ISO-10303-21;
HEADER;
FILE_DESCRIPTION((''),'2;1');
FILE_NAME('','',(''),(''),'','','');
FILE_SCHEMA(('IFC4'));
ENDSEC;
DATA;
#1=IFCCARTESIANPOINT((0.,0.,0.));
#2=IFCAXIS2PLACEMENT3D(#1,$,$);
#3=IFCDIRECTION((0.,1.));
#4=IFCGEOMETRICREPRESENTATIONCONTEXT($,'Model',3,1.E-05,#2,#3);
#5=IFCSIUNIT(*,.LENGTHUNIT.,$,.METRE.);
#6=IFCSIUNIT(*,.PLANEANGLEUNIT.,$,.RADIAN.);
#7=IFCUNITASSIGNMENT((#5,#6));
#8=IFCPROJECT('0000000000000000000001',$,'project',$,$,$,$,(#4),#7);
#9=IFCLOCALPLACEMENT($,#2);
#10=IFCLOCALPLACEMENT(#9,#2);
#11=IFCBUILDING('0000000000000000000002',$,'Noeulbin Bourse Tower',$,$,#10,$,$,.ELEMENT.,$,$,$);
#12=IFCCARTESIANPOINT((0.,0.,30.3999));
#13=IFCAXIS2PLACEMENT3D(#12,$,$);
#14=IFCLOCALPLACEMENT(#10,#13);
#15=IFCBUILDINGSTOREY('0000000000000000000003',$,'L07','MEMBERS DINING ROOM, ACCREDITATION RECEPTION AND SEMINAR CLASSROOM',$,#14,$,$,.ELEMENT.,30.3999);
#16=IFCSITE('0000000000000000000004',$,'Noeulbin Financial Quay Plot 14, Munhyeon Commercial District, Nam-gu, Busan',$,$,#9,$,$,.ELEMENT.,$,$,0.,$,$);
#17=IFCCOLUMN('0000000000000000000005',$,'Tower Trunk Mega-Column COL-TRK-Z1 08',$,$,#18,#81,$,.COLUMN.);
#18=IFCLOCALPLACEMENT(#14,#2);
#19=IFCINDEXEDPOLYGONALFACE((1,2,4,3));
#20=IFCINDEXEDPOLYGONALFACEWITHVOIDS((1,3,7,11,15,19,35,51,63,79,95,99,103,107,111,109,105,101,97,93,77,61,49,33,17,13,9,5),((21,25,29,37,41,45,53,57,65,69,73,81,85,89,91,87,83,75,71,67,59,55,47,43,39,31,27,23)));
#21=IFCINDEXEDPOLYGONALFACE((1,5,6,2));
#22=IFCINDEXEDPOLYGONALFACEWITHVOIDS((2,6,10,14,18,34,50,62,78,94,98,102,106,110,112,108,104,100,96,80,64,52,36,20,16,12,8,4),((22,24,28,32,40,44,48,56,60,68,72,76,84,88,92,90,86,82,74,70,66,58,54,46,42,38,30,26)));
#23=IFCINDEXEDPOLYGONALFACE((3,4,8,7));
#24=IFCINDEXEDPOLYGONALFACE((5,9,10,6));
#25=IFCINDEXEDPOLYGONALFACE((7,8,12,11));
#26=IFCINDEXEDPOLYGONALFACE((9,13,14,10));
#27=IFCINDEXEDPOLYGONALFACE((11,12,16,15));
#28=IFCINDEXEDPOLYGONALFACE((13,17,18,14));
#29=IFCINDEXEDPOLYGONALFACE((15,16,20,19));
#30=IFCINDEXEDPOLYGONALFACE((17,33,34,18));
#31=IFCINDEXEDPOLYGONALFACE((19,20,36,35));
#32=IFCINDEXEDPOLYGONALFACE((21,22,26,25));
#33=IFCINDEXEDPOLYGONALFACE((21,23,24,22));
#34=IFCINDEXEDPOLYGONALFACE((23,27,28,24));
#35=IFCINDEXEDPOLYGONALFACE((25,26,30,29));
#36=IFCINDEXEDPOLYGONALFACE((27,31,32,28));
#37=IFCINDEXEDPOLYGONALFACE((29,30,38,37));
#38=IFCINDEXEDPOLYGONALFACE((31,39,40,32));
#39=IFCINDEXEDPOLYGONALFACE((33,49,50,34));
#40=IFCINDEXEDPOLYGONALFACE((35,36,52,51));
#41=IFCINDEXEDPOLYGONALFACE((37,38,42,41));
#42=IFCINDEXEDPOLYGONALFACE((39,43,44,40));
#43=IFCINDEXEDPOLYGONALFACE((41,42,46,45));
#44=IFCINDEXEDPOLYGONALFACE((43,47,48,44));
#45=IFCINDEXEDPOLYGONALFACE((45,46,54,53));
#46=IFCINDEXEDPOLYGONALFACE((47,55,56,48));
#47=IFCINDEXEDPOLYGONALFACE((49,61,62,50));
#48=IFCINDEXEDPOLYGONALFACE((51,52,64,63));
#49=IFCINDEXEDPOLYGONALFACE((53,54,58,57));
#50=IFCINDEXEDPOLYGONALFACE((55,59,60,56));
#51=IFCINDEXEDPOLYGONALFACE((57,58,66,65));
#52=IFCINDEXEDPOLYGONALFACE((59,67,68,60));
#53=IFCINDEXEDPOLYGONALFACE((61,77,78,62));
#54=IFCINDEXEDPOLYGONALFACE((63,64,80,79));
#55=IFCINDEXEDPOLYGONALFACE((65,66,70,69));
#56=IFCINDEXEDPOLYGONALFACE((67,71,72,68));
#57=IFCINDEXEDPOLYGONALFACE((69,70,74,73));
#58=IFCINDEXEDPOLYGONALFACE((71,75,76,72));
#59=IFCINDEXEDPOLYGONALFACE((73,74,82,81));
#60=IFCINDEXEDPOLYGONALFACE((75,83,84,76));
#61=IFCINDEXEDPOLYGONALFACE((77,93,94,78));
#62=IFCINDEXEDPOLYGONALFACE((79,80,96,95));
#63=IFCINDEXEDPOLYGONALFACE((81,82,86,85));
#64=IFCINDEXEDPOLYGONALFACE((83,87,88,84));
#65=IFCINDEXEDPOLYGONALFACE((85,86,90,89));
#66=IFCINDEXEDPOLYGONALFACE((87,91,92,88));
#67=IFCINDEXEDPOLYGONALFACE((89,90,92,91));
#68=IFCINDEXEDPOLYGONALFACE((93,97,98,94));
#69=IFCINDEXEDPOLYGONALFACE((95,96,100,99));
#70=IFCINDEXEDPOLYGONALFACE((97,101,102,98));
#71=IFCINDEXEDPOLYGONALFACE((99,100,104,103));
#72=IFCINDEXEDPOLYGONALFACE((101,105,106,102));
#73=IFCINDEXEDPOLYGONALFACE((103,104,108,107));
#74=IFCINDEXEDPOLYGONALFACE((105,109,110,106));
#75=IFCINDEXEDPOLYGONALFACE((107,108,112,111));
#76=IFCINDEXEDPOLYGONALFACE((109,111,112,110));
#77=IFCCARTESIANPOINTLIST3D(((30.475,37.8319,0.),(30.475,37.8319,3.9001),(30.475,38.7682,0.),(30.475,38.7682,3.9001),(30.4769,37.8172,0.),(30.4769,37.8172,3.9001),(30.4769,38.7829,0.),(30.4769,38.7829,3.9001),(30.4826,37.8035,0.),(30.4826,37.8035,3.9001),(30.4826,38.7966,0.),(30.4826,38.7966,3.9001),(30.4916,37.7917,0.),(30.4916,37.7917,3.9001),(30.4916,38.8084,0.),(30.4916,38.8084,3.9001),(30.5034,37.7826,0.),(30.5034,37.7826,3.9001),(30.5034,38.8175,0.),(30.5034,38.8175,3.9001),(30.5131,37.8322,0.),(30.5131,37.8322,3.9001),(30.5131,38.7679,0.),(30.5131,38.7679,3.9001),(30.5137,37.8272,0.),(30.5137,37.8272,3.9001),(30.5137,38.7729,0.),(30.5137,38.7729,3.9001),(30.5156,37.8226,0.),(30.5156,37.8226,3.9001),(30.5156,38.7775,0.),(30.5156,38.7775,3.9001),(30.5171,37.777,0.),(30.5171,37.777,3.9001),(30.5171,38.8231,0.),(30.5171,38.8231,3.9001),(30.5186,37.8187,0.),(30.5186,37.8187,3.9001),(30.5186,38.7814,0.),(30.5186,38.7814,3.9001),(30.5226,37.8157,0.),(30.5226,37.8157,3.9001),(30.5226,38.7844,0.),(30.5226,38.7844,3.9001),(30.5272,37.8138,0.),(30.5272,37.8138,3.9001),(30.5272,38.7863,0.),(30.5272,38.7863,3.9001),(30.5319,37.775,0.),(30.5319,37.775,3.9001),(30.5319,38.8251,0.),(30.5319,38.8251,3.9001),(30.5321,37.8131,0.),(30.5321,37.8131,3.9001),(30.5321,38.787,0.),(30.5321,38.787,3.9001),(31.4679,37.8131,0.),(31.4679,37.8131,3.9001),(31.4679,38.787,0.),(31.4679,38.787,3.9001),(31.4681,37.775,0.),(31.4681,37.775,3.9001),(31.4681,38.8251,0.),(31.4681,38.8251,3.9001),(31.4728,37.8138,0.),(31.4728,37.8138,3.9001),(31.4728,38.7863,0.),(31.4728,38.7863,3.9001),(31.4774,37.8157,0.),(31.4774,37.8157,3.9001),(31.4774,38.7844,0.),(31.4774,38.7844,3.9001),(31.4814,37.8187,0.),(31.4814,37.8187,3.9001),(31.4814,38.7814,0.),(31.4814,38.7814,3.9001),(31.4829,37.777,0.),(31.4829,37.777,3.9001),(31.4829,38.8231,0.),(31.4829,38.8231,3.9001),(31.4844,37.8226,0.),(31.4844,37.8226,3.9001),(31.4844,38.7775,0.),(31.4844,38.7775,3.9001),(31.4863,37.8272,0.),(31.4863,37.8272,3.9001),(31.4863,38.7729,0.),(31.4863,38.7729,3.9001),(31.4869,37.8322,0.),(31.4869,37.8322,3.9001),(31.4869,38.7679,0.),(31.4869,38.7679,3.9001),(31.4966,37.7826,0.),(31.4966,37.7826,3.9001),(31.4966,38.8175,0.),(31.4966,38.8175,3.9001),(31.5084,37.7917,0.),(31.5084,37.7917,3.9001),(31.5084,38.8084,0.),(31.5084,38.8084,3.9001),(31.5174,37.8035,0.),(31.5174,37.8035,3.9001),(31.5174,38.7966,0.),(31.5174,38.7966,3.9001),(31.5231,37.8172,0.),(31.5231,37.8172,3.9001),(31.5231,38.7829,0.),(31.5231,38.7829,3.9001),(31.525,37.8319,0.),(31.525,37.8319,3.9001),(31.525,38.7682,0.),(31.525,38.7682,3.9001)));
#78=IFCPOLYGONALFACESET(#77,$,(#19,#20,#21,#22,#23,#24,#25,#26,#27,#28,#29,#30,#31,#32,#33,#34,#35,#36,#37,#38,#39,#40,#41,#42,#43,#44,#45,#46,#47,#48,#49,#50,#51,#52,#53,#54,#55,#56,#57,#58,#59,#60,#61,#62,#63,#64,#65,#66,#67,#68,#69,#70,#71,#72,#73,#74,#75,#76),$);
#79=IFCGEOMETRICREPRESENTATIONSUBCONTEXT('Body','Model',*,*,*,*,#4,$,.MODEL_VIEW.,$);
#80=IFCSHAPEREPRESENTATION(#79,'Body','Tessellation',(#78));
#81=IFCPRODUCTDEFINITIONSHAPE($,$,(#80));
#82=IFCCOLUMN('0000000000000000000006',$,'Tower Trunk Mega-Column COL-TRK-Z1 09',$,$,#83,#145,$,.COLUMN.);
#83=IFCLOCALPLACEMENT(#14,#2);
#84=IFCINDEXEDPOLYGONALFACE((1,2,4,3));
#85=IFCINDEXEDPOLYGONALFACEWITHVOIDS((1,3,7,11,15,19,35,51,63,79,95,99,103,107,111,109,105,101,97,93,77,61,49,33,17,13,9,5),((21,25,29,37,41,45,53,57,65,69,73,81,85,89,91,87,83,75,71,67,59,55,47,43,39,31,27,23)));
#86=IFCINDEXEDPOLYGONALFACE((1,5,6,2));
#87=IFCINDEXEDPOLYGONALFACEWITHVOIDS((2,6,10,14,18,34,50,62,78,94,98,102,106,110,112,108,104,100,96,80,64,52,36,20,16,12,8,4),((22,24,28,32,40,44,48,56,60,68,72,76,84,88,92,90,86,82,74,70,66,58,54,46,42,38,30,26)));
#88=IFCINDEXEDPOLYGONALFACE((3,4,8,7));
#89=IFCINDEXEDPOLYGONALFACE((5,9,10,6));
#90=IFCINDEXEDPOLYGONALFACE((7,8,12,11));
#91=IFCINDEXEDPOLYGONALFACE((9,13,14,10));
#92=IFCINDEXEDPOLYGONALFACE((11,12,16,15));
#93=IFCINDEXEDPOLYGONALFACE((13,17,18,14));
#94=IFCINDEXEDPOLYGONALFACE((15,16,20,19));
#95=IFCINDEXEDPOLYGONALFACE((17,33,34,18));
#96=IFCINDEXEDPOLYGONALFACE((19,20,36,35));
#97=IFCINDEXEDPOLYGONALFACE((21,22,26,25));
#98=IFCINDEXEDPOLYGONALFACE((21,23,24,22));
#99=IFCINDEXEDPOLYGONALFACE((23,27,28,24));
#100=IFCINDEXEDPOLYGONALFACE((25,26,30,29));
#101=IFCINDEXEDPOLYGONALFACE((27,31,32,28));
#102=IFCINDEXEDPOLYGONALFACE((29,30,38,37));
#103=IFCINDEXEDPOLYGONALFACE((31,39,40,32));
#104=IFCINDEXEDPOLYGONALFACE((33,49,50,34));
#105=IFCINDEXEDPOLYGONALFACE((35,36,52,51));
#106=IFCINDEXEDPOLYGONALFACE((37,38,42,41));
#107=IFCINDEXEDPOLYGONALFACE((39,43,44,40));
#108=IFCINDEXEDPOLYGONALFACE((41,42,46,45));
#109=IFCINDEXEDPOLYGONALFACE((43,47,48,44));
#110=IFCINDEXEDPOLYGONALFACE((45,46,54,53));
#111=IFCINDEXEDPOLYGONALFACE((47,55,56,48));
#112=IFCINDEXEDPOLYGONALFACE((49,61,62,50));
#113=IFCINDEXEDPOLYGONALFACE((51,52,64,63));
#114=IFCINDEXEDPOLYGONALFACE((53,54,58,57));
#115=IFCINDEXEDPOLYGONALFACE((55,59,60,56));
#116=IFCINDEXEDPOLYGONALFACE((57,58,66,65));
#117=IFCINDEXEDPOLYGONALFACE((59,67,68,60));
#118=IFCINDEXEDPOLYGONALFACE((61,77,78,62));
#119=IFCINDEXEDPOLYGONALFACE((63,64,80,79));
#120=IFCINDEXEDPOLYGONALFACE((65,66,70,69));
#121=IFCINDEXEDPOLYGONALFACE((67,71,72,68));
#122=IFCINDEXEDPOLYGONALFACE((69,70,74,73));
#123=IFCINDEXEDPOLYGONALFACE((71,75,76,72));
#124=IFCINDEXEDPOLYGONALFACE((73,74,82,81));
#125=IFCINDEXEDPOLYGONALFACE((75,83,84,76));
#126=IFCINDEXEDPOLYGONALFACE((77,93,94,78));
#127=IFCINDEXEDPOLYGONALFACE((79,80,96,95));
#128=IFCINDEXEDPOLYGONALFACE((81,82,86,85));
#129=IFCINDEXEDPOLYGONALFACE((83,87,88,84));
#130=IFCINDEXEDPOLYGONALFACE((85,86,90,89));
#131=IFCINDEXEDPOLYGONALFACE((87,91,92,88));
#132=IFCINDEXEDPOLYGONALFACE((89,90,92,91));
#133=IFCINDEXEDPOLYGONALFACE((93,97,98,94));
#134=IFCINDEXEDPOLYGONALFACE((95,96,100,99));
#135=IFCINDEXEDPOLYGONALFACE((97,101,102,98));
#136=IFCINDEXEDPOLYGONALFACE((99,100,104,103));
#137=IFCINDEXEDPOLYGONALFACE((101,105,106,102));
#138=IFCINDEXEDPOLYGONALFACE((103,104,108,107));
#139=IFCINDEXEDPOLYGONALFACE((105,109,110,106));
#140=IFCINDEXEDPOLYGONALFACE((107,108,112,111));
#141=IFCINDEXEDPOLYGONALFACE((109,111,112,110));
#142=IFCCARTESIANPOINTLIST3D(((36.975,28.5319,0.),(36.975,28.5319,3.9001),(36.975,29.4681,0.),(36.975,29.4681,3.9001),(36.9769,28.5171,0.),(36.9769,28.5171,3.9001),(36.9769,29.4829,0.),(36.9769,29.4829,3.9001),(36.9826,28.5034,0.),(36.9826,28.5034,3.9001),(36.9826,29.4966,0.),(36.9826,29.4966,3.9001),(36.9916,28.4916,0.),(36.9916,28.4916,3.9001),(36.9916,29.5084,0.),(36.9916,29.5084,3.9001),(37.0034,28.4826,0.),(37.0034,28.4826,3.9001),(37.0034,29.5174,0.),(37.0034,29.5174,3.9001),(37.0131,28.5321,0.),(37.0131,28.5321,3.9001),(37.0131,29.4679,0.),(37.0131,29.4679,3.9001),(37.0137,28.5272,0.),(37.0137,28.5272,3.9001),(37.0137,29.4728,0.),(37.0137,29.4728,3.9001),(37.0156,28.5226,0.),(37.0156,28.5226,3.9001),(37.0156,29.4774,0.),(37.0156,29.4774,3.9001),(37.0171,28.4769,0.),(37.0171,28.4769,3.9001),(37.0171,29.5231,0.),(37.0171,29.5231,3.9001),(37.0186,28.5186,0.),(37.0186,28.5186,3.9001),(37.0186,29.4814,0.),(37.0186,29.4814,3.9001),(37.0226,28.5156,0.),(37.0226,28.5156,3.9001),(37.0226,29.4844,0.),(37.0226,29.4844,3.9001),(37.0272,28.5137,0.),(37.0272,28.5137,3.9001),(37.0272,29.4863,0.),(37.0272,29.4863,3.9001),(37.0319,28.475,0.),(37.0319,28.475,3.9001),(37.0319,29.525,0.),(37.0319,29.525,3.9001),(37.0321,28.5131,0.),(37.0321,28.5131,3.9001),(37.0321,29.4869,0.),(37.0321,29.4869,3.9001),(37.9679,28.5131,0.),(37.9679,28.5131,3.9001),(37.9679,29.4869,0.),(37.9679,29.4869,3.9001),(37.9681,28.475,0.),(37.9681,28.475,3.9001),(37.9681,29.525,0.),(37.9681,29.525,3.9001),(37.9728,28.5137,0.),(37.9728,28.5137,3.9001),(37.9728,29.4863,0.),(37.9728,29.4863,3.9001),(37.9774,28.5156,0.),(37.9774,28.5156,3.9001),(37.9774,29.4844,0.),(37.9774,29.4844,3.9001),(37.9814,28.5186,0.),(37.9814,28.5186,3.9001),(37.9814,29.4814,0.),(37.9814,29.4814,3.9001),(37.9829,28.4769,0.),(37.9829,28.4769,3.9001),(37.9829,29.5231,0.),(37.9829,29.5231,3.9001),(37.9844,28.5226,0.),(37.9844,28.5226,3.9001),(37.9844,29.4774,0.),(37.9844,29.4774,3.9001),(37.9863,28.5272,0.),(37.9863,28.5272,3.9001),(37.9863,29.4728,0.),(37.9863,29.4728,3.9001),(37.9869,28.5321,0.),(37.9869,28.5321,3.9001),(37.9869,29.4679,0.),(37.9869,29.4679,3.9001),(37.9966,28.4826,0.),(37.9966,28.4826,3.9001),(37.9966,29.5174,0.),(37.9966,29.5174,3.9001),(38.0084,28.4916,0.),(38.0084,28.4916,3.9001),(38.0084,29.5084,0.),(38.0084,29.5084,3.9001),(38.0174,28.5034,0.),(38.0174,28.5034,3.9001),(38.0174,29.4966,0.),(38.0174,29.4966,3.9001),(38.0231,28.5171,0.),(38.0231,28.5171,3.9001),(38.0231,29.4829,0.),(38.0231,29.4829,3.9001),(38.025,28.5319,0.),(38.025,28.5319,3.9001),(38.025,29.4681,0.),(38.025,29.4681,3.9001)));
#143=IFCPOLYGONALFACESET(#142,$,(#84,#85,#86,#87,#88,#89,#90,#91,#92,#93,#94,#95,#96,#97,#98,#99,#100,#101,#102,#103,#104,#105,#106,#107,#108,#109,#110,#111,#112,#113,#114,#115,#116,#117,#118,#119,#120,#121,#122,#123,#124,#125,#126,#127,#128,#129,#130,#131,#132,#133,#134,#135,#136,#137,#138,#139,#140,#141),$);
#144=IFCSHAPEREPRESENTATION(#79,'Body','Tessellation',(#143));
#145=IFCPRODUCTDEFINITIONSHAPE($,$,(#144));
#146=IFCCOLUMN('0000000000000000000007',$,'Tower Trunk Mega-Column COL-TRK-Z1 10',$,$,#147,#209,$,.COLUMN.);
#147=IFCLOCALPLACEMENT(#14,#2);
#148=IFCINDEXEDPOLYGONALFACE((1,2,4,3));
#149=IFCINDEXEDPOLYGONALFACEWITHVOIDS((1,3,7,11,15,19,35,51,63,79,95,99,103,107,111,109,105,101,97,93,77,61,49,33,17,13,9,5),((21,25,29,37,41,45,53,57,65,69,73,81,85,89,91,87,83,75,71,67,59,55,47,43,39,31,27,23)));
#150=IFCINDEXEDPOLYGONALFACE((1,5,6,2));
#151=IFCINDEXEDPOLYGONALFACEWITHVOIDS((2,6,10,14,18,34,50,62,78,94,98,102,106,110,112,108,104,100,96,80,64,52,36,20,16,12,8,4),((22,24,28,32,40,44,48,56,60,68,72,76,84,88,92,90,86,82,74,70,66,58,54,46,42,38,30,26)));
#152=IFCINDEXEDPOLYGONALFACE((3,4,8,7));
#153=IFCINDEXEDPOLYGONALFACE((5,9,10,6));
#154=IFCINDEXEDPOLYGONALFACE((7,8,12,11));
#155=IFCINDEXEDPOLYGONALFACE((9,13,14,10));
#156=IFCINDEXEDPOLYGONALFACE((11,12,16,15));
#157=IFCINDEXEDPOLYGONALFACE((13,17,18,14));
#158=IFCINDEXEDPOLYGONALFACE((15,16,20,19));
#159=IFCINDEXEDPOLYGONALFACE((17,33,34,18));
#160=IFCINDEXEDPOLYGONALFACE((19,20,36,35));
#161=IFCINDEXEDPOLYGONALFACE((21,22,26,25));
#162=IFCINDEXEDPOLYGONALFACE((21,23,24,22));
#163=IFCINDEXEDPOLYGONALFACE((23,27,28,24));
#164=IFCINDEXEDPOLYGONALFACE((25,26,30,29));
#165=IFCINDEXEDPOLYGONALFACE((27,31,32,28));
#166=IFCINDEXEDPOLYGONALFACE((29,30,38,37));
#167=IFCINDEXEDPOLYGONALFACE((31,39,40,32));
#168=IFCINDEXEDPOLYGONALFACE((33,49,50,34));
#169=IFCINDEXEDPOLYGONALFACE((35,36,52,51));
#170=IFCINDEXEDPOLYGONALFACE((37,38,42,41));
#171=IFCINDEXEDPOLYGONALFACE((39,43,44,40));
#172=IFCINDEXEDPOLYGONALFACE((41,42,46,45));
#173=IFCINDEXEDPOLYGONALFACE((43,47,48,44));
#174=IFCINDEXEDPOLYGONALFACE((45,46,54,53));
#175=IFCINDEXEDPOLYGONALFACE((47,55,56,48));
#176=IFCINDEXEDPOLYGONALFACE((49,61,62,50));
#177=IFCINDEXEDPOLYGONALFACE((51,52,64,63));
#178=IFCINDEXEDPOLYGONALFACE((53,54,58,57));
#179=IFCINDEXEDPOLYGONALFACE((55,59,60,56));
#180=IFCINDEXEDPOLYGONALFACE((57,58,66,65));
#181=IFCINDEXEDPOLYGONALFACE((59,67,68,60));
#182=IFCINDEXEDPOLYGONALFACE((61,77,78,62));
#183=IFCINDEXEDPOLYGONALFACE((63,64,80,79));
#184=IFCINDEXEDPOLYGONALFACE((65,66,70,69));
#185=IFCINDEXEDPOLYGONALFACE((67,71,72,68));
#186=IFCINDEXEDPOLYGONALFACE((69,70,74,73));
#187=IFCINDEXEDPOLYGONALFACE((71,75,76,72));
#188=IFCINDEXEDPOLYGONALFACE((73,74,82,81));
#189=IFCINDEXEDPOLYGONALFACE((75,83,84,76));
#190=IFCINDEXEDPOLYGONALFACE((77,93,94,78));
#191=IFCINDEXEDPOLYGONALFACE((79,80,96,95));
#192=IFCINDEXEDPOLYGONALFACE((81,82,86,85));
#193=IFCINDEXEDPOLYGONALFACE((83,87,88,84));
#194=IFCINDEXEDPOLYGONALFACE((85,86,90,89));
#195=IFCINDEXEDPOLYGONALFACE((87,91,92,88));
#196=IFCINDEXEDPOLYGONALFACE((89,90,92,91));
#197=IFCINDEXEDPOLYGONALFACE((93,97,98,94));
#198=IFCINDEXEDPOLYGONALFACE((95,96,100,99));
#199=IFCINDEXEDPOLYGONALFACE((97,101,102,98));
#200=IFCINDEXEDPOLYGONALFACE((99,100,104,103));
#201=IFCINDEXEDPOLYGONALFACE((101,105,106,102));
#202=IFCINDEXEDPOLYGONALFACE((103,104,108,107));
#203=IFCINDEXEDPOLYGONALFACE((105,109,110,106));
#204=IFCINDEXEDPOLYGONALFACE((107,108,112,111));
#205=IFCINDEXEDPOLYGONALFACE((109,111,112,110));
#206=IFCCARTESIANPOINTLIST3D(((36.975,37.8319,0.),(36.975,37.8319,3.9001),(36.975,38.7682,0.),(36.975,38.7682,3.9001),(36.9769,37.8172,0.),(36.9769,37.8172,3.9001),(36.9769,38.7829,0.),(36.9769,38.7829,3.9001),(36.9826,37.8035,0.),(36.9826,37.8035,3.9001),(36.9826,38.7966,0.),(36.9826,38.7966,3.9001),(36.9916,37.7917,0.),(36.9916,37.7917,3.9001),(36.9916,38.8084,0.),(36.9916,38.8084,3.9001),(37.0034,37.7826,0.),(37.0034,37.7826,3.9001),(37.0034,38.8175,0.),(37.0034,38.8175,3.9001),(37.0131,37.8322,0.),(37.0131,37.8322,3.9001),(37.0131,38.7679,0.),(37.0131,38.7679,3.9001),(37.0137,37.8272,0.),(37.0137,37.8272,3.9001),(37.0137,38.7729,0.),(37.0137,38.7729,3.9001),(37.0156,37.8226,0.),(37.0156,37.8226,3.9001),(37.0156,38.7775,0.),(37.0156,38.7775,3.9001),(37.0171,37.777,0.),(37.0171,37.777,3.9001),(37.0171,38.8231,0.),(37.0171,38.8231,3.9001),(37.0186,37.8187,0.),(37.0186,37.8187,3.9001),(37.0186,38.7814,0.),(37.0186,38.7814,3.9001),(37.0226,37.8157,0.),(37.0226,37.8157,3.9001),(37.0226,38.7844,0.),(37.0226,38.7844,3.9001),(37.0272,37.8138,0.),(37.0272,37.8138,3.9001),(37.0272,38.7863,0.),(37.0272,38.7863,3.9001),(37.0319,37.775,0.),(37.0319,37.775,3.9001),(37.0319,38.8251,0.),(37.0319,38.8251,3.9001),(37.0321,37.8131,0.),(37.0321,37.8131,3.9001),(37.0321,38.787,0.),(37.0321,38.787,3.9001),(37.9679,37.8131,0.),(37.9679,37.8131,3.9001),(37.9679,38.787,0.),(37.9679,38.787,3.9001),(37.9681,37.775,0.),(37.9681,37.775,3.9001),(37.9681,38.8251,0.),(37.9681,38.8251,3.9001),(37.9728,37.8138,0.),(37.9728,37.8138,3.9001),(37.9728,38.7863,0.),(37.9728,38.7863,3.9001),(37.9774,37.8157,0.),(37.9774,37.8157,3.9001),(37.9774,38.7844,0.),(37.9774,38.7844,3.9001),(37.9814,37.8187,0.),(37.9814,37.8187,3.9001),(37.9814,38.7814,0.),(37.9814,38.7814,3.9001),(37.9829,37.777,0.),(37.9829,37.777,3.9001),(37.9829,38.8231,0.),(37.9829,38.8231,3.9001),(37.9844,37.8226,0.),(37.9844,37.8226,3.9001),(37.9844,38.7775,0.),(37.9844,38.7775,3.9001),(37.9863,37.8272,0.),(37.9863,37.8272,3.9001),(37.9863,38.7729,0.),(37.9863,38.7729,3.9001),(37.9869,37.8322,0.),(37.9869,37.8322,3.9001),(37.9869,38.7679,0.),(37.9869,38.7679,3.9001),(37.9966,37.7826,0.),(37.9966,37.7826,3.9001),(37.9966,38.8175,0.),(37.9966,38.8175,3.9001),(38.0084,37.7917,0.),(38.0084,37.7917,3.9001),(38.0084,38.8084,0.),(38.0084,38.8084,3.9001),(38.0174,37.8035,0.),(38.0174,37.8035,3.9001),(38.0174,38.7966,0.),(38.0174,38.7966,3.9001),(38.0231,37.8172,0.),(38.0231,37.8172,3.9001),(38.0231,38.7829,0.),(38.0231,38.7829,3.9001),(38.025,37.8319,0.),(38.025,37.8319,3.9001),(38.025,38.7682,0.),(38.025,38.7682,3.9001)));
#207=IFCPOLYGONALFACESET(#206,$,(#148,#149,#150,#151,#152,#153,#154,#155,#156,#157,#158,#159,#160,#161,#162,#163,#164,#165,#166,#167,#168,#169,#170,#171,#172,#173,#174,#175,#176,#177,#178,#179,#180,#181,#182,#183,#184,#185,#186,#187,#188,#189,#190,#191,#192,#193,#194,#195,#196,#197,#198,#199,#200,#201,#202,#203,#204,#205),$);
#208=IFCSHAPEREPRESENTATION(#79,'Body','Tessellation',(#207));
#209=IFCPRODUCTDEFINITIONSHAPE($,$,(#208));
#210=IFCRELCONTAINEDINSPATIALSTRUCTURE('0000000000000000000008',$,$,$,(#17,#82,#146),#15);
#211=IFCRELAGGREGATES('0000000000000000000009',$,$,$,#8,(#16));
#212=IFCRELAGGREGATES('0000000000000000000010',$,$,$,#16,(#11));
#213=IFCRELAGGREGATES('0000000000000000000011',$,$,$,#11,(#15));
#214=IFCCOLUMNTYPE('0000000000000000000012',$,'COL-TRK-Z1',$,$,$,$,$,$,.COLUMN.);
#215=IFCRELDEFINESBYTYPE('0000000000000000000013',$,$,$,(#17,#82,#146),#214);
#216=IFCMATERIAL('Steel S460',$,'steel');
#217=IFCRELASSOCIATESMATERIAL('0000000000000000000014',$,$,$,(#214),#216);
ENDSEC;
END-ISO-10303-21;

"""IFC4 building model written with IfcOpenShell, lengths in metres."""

from ifc_helpers import new_model, si_unit, direction, frame, origin, origin_2d, place, context, subcontext, project, spatial, hollow_rectangle, extrude, material, material_profile, profile_set, type_object, element, save


model = new_model("IFC4")

# Units and contexts
model_context = context("Model", 3, precision=1e-05, world=origin(), true_north=direction((0.0, 1.0)))
body_context = subcontext(model_context, "Body", "Model", "MODEL_VIEW")
ifc_project = project(units=[si_unit("LENGTHUNIT", "METRE"), si_unit("PLANEANGLEUNIT", "RADIAN")], contexts=[model_context])

# Site, building, storey
site_placement = place(None, origin())
site = spatial("IfcSite", under=ifc_project, at=site_placement, Name="Noeulbin Financial Quay Plot 14, Munhyeon Commercial District, Nam-gu, Busan", CompositionType="ELEMENT", RefElevation=0.0)
building_placement = place(site_placement, origin())
building = spatial("IfcBuilding", under=site, at=building_placement, Name="Noeulbin Bourse Tower", CompositionType="ELEMENT")
storey_placement = place(building_placement, frame((0.0, 0.0, 30.3999)))
storey = spatial("IfcBuildingStorey", under=building, at=storey_placement, Name="L07", Description="MEMBERS DINING ROOM, ACCREDITATION RECEPTION AND SEMINAR CLASSROOM", CompositionType="ELEMENT", Elevation=30.3999)

# Columns
ifc_material_1 = material(Name="Steel S460", Category="steel")
ifc_material_profile_1 = material_profile(ifc_material_1, hollow_rectangle(XDim=1.05, YDim=1.05, WallThickness=0.0381, InnerFilletRadius=0.019, OuterFilletRadius=0.0569, at=origin_2d()), Name="BOX-1050x1050x38", Category="LoadBearing")
ifc_profile_set_1 = profile_set([ifc_material_profile_1], Name="Steel S460")
column_type = type_object("IfcColumnType", Name="COL-TRK-Z1", PredefinedType="COLUMN", material=ifc_profile_set_1)
for number, where, z_axis, x_axis, name in (
    (1, (31.0, 38.3, 0.0), (0.0, 0.0, 1.0), (1.0, 0.0, 0.0), "Tower Trunk Mega-Column COL-TRK-Z1 08"),
    (2, (37.5, 29.0, 0.0), (0.0, 0.0, 1.0), (1.0, 0.0, 0.0), "Tower Trunk Mega-Column COL-TRK-Z1 09"),
    (3, (37.5, 38.3, 0.0), (0.0, 0.0, 1.0), (1.0, 0.0, 0.0), "Tower Trunk Mega-Column COL-TRK-Z1 10"),
):
    element("IfcColumn", number, at=place(storey_placement, frame(where, z_axis=z_axis, x_axis=x_axis)), inside=storey, type_object=column_type, Name=name, PredefinedType="COLUMN", context=body_context, shape_type="SweptSolid", body=[
        extrude(hollow_rectangle(XDim=1.05, YDim=1.05, WallThickness=0.0381, InnerFilletRadius=0.019, OuterFilletRadius=0.0569, at=origin_2d()), origin(), (0.0, 0.0, 1.0), 3.9001),
    ])

save(model, "model.ifc")
